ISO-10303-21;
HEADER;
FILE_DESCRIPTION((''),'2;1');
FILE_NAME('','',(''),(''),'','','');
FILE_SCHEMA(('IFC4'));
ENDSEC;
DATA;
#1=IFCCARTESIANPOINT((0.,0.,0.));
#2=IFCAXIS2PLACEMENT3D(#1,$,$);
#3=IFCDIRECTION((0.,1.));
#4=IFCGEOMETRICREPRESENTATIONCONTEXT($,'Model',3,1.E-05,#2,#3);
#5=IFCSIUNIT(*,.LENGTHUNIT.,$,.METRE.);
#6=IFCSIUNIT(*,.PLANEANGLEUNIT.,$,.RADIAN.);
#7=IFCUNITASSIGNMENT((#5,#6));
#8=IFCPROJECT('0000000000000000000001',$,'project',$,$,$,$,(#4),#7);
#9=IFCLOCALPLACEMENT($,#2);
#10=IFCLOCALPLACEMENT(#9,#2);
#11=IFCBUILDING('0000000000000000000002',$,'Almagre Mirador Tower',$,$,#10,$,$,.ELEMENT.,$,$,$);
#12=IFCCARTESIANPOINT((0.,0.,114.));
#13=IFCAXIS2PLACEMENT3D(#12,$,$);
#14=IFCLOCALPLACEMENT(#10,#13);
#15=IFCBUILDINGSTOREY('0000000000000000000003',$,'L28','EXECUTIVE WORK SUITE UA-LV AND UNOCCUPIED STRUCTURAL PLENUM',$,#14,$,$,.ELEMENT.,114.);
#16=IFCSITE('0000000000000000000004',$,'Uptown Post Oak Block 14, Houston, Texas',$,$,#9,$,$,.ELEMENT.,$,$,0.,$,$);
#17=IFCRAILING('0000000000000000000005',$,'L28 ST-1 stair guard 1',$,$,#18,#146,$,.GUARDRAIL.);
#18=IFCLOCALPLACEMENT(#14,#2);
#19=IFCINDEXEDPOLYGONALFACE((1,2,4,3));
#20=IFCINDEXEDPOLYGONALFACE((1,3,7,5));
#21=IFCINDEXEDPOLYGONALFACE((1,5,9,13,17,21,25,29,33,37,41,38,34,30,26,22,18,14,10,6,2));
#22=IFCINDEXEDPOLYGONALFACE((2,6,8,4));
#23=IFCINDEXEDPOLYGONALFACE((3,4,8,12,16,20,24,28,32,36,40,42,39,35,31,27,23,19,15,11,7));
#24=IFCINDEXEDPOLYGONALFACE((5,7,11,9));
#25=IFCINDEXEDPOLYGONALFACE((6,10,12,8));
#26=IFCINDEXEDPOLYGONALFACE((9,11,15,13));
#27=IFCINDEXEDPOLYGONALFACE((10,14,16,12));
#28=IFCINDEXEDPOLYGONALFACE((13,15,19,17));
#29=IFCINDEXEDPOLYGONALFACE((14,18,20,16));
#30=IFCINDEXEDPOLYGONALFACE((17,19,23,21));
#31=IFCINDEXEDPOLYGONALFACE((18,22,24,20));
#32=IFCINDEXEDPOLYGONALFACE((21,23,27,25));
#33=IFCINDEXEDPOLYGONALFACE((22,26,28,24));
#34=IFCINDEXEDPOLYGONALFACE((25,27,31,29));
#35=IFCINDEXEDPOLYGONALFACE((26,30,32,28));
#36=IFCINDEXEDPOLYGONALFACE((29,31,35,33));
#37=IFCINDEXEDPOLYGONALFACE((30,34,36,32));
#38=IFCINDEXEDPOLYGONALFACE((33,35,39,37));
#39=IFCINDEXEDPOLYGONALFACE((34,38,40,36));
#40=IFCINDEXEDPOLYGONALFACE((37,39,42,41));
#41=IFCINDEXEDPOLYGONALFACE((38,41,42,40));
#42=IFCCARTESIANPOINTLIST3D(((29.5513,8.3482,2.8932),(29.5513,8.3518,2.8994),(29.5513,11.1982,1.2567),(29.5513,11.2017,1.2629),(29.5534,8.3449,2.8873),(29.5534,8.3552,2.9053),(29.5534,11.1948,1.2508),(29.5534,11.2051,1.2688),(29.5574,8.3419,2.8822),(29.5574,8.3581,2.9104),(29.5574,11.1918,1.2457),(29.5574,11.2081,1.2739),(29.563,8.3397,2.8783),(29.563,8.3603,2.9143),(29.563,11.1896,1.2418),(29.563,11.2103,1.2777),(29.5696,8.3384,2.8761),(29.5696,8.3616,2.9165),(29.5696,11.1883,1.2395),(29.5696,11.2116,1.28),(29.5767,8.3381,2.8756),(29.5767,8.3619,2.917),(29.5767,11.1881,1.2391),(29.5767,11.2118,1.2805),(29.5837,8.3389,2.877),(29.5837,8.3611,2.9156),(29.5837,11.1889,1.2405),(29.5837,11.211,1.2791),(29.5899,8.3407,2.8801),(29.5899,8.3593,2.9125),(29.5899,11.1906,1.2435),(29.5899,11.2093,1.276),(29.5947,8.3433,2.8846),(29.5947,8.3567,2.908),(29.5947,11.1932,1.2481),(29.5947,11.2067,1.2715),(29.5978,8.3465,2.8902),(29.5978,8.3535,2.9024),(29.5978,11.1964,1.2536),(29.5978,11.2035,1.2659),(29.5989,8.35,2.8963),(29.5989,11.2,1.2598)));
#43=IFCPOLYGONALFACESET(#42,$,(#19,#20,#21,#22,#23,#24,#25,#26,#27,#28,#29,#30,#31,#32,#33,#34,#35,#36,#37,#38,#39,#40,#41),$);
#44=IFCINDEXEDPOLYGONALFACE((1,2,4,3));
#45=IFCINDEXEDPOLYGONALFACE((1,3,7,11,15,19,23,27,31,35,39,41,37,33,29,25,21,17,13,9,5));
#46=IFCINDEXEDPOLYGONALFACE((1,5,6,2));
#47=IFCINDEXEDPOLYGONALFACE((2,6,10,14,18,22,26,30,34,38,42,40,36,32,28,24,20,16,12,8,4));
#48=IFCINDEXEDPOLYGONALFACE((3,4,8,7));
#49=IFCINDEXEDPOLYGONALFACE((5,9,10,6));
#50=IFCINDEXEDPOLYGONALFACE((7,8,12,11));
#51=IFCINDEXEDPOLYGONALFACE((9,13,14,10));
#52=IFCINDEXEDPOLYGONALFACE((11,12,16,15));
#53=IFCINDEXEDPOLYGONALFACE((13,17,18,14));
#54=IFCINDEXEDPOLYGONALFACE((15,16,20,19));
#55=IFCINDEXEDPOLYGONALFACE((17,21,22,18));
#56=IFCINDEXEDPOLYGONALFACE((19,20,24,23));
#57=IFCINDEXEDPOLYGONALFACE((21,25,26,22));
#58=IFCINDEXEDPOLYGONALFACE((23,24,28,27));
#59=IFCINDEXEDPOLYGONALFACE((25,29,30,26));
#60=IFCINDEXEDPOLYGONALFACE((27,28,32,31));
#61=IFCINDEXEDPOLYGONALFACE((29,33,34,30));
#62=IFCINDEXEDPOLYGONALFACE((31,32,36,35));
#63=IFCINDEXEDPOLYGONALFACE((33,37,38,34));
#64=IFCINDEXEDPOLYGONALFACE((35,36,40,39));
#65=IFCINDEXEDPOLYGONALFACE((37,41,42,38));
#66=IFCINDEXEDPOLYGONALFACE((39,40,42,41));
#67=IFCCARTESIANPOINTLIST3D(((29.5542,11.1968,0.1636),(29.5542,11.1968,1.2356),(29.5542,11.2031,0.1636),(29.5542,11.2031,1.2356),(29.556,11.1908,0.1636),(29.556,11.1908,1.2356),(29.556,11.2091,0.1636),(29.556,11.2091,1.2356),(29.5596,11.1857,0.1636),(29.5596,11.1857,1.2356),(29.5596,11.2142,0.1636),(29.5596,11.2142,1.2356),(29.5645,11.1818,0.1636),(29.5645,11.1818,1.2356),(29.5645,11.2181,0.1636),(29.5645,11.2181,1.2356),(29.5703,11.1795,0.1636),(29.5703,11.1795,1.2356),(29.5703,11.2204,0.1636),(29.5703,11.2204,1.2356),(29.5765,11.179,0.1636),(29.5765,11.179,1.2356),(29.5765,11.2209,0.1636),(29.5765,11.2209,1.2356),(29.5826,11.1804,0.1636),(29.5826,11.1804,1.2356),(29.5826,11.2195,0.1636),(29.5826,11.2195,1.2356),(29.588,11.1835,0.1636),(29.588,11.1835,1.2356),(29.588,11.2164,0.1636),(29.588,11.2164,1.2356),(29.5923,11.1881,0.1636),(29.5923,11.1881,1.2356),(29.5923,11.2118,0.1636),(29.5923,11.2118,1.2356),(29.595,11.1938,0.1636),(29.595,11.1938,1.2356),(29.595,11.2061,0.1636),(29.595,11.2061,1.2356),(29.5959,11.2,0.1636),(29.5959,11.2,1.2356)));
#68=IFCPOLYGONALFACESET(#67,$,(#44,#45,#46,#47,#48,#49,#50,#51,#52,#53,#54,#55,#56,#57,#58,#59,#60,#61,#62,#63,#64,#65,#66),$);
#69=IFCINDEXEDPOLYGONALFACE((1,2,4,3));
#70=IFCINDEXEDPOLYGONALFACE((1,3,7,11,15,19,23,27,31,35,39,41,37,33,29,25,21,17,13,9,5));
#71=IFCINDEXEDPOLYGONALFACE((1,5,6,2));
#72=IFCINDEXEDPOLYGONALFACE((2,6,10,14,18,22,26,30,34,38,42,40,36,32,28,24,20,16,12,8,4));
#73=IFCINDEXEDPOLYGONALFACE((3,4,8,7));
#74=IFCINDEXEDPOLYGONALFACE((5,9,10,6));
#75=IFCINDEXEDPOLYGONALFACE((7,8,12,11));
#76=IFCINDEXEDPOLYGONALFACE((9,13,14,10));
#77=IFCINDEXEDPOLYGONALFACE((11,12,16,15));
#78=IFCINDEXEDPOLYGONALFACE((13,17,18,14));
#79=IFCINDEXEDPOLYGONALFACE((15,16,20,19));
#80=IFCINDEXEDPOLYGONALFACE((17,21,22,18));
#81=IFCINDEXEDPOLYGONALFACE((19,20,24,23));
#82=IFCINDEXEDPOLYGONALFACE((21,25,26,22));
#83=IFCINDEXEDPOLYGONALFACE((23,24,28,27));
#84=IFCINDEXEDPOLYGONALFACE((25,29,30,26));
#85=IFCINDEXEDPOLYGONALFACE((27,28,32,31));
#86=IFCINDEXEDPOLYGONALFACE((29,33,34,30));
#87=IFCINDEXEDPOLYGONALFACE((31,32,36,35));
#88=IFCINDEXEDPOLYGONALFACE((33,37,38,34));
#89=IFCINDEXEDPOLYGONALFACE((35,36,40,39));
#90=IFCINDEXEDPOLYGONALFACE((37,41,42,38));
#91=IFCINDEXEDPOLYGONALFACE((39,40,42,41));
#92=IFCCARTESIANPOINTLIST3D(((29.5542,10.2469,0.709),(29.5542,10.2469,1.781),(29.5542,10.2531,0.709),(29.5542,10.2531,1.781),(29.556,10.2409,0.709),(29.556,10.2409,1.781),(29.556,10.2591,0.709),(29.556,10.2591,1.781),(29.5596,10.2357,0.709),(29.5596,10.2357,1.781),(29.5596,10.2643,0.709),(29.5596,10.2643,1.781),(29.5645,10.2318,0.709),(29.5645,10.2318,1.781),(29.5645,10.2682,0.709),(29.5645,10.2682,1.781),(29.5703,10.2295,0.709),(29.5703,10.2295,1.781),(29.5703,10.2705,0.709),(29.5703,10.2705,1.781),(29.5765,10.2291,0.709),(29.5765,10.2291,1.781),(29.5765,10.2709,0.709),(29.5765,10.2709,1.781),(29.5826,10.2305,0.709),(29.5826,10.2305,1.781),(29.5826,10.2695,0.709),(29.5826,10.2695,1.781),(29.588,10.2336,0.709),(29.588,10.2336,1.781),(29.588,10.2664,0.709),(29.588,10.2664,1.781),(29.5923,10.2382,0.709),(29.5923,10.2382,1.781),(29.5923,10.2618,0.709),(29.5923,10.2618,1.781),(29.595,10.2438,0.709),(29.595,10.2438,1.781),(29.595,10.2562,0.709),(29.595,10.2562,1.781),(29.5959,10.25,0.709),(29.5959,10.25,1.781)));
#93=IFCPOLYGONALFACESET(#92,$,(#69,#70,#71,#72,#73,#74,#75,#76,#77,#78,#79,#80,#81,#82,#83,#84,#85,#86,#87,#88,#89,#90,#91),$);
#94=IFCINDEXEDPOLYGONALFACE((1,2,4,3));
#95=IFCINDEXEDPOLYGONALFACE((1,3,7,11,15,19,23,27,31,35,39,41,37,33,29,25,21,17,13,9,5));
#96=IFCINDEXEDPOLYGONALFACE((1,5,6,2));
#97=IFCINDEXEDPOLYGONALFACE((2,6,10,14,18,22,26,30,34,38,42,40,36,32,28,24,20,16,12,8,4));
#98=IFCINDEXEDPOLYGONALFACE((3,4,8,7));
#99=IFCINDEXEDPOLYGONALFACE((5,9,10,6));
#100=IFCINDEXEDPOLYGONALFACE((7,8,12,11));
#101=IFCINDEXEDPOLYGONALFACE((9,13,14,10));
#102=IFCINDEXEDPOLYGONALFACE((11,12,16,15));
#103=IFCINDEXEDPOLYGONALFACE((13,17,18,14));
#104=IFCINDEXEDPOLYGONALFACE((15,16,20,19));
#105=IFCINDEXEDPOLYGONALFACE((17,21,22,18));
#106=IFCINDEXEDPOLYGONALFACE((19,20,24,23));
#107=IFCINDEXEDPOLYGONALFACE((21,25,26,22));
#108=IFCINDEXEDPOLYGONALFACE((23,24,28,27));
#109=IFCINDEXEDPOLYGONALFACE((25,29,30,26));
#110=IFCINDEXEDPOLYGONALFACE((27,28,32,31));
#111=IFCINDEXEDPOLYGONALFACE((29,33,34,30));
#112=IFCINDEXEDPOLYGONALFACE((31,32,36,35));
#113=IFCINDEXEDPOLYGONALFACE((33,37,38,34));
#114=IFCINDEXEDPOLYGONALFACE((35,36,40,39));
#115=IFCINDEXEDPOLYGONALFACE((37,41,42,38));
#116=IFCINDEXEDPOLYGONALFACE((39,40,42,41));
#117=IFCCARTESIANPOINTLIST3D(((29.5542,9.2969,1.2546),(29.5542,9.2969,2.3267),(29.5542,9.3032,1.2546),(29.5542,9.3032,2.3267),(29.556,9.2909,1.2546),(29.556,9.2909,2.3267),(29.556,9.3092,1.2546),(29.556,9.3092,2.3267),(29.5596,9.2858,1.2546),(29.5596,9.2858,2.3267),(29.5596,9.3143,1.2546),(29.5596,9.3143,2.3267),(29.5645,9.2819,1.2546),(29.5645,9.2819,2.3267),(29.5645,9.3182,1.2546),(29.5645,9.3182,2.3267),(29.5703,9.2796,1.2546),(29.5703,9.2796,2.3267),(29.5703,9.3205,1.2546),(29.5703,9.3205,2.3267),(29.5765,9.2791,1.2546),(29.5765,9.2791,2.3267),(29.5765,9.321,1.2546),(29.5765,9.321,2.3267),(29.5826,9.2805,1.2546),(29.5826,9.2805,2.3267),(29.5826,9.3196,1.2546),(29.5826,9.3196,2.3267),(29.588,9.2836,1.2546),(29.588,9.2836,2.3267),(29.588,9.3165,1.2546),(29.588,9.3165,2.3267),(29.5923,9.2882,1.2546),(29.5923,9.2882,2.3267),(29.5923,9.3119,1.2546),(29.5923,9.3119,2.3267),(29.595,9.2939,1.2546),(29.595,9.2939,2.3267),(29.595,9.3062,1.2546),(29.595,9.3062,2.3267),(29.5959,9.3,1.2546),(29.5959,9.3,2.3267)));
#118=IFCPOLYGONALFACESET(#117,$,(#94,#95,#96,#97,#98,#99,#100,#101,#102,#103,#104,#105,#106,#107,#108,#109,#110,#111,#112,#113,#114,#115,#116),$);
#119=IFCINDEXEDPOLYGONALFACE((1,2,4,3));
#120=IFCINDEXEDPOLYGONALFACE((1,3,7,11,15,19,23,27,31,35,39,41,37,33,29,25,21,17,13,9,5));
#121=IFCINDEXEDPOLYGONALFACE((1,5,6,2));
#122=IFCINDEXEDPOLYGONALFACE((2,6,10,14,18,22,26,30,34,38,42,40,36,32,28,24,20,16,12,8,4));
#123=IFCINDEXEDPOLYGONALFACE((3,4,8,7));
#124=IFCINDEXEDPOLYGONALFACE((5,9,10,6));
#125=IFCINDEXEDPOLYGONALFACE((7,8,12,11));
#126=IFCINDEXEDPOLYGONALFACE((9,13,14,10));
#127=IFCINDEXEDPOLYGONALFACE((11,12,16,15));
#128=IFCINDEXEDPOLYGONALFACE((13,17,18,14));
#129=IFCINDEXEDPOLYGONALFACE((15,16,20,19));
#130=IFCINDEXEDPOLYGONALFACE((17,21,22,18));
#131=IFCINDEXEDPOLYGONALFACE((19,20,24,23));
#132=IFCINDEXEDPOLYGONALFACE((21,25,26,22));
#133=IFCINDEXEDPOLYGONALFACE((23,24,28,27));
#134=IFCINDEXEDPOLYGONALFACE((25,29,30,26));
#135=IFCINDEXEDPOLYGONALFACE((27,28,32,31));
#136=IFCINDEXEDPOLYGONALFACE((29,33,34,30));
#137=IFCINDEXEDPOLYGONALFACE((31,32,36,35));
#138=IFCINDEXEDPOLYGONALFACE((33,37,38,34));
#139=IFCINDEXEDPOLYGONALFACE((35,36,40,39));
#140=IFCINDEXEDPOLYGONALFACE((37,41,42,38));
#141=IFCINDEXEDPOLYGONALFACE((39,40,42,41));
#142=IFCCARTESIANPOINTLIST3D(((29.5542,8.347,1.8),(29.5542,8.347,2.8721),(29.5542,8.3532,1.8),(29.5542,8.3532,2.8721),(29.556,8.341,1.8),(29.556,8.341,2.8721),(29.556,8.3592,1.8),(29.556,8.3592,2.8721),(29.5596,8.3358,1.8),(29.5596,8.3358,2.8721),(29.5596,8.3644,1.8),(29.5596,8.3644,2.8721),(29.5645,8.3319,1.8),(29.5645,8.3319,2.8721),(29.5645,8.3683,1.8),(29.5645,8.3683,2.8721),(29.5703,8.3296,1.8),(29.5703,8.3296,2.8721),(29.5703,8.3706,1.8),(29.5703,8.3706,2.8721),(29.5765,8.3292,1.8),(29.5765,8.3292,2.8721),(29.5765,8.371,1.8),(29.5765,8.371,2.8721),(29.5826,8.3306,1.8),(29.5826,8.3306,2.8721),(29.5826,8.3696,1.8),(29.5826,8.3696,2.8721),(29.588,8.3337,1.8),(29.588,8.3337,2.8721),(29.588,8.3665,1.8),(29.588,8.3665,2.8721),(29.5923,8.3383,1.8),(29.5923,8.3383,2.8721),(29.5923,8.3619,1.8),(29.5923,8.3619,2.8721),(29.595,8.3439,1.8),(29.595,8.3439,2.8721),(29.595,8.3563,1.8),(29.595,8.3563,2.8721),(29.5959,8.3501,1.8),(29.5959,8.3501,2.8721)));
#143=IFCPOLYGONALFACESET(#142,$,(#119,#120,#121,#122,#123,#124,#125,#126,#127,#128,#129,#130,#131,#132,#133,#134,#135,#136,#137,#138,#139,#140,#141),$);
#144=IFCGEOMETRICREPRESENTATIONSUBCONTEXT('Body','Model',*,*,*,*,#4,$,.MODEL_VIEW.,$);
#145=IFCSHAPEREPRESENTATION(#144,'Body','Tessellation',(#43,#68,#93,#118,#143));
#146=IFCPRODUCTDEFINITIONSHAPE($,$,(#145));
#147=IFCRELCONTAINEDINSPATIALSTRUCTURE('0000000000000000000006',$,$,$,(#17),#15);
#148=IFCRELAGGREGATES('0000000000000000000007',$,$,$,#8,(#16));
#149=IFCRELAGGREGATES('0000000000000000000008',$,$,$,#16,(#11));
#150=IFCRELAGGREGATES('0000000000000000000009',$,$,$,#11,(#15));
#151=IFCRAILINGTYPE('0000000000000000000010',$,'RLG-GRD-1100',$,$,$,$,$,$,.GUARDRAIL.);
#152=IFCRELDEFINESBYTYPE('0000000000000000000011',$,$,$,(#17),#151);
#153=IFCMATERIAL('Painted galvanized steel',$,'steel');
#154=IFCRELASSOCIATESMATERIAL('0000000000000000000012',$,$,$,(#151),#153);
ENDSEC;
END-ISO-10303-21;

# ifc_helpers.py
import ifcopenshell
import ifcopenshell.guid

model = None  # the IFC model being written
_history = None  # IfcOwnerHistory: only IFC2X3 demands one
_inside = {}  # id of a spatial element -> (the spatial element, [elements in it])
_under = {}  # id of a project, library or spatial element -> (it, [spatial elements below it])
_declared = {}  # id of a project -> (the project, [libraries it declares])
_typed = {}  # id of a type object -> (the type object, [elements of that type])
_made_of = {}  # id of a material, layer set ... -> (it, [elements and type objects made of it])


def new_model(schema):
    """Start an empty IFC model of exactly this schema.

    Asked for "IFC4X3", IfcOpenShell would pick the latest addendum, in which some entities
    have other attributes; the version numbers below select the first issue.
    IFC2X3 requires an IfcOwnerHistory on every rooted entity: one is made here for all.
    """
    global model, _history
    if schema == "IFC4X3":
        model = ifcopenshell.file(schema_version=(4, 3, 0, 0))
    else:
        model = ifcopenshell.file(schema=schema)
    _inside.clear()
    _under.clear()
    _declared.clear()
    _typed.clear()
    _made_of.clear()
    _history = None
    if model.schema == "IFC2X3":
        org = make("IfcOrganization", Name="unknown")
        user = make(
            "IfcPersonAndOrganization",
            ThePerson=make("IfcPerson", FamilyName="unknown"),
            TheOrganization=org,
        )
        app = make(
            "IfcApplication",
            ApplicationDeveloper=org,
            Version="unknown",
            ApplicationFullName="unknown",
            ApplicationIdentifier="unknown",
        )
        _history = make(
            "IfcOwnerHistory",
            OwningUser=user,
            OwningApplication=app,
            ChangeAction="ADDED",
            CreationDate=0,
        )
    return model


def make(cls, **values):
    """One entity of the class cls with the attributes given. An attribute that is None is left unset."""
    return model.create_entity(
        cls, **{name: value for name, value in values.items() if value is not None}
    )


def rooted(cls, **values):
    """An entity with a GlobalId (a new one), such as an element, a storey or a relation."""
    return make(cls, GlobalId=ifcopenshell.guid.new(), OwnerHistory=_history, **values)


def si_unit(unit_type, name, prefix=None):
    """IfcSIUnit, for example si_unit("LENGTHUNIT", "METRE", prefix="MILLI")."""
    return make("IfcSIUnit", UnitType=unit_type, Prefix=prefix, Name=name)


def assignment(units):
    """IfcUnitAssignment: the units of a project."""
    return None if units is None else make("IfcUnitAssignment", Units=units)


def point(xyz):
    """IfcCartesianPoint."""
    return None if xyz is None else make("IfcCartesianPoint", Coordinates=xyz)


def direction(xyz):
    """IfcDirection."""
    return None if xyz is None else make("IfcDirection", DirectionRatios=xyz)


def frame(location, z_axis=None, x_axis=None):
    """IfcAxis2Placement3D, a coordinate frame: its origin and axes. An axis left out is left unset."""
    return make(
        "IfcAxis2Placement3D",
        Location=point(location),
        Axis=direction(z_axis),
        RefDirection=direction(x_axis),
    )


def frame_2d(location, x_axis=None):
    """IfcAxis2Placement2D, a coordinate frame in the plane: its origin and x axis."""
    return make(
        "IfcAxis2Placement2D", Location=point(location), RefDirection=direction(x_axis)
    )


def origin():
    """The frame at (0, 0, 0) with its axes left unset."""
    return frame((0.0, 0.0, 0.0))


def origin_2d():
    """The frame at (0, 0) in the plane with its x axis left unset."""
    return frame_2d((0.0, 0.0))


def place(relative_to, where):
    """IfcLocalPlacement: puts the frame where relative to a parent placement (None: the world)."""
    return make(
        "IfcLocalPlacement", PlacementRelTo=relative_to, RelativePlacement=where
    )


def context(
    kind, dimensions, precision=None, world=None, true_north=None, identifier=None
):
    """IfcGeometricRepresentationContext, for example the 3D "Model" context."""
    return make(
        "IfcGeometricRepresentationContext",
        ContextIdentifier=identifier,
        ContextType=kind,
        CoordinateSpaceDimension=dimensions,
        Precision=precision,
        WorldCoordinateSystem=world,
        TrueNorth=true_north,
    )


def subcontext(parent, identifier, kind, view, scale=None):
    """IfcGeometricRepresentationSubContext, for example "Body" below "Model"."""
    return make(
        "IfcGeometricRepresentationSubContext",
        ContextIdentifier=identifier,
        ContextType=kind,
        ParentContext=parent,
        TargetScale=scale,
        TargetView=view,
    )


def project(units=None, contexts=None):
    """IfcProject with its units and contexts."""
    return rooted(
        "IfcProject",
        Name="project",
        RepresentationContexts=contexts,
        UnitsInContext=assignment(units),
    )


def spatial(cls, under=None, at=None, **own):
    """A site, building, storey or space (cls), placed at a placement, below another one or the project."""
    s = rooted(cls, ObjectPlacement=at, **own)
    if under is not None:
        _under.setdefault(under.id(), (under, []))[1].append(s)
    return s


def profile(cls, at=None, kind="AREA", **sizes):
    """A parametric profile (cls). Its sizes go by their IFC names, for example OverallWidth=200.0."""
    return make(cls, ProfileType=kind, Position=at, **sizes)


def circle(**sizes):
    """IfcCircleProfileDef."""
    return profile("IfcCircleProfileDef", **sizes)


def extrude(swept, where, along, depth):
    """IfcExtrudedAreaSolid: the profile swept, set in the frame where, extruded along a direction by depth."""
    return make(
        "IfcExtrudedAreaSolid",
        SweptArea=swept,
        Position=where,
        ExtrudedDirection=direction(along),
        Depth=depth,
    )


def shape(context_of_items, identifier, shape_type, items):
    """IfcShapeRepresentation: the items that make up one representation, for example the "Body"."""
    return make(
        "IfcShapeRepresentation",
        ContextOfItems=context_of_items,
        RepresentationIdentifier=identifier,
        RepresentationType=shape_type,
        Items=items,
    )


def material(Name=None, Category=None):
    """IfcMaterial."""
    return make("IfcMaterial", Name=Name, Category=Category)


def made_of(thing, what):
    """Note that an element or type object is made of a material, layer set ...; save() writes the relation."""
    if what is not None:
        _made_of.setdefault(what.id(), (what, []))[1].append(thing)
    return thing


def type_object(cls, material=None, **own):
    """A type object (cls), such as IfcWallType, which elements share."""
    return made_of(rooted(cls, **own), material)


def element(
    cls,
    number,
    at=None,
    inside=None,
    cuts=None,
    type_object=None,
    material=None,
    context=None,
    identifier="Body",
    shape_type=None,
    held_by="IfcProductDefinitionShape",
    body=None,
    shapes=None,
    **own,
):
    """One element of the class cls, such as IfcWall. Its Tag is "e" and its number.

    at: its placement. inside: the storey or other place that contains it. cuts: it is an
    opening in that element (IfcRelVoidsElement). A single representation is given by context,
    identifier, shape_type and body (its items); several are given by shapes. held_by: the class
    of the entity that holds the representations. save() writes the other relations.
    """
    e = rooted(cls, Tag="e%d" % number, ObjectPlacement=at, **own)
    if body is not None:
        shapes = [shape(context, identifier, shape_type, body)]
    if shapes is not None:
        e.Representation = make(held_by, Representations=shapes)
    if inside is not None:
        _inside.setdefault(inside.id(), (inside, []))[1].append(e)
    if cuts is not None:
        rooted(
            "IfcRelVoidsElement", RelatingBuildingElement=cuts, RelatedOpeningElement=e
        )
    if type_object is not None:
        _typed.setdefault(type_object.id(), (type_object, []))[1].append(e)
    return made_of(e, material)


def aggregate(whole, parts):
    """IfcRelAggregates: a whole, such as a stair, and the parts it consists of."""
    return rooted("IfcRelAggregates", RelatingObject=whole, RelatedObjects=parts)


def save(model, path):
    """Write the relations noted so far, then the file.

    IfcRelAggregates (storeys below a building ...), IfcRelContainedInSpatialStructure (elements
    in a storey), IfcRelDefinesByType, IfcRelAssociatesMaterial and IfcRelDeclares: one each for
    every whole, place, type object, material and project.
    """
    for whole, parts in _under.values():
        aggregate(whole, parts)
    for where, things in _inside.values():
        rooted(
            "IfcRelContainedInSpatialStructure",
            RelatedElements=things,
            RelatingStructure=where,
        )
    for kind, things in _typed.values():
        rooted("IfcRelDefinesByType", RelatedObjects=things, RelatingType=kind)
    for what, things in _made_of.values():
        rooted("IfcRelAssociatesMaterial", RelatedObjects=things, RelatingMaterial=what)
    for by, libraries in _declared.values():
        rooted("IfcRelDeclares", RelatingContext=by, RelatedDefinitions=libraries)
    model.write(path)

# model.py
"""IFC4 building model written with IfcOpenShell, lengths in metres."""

from ifc_helpers import new_model, si_unit, direction, frame, origin, origin_2d, place, context, subcontext, project, spatial, circle, extrude, material, type_object, element, save


model = new_model("IFC4")

# Units and contexts
model_context = context("Model", 3, precision=1e-05, world=origin(), true_north=direction((0.0, 1.0)))
body_context = subcontext(model_context, "Body", "Model", "MODEL_VIEW")
ifc_project = project(units=[si_unit("LENGTHUNIT", "METRE"), si_unit("PLANEANGLEUNIT", "RADIAN")], contexts=[model_context])

# Site, building, storey
site_placement = place(None, origin())
site = spatial("IfcSite", under=ifc_project, at=site_placement, Name="Uptown Post Oak Block 14, Houston, Texas", CompositionType="ELEMENT", RefElevation=0.0)
building_placement = place(site_placement, origin())
building = spatial("IfcBuilding", under=site, at=building_placement, Name="Almagre Mirador Tower", CompositionType="ELEMENT")
storey_placement = place(building_placement, frame((0.0, 0.0, 114.0)))
storey = spatial("IfcBuildingStorey", under=building, at=storey_placement, Name="L28", Description="EXECUTIVE WORK SUITE UA-LV AND UNOCCUPIED STRUCTURAL PLENUM", CompositionType="ELEMENT", Elevation=114.0)

# Railing
ifc_material_1 = material(Name="Painted galvanized steel", Category="steel")
railing_type_1 = type_object("IfcRailingType", Name="RLG-GRD-1100", PredefinedType="GUARDRAIL", material=ifc_material_1)
railing_1_placement = place(storey_placement, frame((29.575, 11.2, 0.1636)))
element("IfcRailing", 1, at=railing_1_placement, inside=storey, type_object=railing_type_1, Name="L28 ST-1 stair guard 1", PredefinedType="GUARDRAIL", context=body_context, shape_type="SweptSolid", body=[
    extrude(circle(Radius=0.0239, at=origin_2d()), frame((0.0, 0.0, 1.0962), z_axis=(0.0, -0.867194, 0.49797), x_axis=(1.0, 0.0, 0.0)), (0.0, 0.0, 1.0), 3.2864),
    extrude(circle(Radius=0.021, at=origin_2d()), origin(), (0.0, 0.0, 1.0), 1.072),
    extrude(circle(Radius=0.021, at=origin_2d()), frame((0.0, -0.95, 0.5454)), (0.0, 0.0, 1.0), 1.072),
    extrude(circle(Radius=0.021, at=origin_2d()), frame((0.0, -1.8999, 1.0911)), (0.0, 0.0, 1.0), 1.072),
    extrude(circle(Radius=0.021, at=origin_2d()), frame((0.0, -2.8499, 1.6365)), (0.0, 0.0, 1.0), 1.072),
])

save(model, "model.ifc")
